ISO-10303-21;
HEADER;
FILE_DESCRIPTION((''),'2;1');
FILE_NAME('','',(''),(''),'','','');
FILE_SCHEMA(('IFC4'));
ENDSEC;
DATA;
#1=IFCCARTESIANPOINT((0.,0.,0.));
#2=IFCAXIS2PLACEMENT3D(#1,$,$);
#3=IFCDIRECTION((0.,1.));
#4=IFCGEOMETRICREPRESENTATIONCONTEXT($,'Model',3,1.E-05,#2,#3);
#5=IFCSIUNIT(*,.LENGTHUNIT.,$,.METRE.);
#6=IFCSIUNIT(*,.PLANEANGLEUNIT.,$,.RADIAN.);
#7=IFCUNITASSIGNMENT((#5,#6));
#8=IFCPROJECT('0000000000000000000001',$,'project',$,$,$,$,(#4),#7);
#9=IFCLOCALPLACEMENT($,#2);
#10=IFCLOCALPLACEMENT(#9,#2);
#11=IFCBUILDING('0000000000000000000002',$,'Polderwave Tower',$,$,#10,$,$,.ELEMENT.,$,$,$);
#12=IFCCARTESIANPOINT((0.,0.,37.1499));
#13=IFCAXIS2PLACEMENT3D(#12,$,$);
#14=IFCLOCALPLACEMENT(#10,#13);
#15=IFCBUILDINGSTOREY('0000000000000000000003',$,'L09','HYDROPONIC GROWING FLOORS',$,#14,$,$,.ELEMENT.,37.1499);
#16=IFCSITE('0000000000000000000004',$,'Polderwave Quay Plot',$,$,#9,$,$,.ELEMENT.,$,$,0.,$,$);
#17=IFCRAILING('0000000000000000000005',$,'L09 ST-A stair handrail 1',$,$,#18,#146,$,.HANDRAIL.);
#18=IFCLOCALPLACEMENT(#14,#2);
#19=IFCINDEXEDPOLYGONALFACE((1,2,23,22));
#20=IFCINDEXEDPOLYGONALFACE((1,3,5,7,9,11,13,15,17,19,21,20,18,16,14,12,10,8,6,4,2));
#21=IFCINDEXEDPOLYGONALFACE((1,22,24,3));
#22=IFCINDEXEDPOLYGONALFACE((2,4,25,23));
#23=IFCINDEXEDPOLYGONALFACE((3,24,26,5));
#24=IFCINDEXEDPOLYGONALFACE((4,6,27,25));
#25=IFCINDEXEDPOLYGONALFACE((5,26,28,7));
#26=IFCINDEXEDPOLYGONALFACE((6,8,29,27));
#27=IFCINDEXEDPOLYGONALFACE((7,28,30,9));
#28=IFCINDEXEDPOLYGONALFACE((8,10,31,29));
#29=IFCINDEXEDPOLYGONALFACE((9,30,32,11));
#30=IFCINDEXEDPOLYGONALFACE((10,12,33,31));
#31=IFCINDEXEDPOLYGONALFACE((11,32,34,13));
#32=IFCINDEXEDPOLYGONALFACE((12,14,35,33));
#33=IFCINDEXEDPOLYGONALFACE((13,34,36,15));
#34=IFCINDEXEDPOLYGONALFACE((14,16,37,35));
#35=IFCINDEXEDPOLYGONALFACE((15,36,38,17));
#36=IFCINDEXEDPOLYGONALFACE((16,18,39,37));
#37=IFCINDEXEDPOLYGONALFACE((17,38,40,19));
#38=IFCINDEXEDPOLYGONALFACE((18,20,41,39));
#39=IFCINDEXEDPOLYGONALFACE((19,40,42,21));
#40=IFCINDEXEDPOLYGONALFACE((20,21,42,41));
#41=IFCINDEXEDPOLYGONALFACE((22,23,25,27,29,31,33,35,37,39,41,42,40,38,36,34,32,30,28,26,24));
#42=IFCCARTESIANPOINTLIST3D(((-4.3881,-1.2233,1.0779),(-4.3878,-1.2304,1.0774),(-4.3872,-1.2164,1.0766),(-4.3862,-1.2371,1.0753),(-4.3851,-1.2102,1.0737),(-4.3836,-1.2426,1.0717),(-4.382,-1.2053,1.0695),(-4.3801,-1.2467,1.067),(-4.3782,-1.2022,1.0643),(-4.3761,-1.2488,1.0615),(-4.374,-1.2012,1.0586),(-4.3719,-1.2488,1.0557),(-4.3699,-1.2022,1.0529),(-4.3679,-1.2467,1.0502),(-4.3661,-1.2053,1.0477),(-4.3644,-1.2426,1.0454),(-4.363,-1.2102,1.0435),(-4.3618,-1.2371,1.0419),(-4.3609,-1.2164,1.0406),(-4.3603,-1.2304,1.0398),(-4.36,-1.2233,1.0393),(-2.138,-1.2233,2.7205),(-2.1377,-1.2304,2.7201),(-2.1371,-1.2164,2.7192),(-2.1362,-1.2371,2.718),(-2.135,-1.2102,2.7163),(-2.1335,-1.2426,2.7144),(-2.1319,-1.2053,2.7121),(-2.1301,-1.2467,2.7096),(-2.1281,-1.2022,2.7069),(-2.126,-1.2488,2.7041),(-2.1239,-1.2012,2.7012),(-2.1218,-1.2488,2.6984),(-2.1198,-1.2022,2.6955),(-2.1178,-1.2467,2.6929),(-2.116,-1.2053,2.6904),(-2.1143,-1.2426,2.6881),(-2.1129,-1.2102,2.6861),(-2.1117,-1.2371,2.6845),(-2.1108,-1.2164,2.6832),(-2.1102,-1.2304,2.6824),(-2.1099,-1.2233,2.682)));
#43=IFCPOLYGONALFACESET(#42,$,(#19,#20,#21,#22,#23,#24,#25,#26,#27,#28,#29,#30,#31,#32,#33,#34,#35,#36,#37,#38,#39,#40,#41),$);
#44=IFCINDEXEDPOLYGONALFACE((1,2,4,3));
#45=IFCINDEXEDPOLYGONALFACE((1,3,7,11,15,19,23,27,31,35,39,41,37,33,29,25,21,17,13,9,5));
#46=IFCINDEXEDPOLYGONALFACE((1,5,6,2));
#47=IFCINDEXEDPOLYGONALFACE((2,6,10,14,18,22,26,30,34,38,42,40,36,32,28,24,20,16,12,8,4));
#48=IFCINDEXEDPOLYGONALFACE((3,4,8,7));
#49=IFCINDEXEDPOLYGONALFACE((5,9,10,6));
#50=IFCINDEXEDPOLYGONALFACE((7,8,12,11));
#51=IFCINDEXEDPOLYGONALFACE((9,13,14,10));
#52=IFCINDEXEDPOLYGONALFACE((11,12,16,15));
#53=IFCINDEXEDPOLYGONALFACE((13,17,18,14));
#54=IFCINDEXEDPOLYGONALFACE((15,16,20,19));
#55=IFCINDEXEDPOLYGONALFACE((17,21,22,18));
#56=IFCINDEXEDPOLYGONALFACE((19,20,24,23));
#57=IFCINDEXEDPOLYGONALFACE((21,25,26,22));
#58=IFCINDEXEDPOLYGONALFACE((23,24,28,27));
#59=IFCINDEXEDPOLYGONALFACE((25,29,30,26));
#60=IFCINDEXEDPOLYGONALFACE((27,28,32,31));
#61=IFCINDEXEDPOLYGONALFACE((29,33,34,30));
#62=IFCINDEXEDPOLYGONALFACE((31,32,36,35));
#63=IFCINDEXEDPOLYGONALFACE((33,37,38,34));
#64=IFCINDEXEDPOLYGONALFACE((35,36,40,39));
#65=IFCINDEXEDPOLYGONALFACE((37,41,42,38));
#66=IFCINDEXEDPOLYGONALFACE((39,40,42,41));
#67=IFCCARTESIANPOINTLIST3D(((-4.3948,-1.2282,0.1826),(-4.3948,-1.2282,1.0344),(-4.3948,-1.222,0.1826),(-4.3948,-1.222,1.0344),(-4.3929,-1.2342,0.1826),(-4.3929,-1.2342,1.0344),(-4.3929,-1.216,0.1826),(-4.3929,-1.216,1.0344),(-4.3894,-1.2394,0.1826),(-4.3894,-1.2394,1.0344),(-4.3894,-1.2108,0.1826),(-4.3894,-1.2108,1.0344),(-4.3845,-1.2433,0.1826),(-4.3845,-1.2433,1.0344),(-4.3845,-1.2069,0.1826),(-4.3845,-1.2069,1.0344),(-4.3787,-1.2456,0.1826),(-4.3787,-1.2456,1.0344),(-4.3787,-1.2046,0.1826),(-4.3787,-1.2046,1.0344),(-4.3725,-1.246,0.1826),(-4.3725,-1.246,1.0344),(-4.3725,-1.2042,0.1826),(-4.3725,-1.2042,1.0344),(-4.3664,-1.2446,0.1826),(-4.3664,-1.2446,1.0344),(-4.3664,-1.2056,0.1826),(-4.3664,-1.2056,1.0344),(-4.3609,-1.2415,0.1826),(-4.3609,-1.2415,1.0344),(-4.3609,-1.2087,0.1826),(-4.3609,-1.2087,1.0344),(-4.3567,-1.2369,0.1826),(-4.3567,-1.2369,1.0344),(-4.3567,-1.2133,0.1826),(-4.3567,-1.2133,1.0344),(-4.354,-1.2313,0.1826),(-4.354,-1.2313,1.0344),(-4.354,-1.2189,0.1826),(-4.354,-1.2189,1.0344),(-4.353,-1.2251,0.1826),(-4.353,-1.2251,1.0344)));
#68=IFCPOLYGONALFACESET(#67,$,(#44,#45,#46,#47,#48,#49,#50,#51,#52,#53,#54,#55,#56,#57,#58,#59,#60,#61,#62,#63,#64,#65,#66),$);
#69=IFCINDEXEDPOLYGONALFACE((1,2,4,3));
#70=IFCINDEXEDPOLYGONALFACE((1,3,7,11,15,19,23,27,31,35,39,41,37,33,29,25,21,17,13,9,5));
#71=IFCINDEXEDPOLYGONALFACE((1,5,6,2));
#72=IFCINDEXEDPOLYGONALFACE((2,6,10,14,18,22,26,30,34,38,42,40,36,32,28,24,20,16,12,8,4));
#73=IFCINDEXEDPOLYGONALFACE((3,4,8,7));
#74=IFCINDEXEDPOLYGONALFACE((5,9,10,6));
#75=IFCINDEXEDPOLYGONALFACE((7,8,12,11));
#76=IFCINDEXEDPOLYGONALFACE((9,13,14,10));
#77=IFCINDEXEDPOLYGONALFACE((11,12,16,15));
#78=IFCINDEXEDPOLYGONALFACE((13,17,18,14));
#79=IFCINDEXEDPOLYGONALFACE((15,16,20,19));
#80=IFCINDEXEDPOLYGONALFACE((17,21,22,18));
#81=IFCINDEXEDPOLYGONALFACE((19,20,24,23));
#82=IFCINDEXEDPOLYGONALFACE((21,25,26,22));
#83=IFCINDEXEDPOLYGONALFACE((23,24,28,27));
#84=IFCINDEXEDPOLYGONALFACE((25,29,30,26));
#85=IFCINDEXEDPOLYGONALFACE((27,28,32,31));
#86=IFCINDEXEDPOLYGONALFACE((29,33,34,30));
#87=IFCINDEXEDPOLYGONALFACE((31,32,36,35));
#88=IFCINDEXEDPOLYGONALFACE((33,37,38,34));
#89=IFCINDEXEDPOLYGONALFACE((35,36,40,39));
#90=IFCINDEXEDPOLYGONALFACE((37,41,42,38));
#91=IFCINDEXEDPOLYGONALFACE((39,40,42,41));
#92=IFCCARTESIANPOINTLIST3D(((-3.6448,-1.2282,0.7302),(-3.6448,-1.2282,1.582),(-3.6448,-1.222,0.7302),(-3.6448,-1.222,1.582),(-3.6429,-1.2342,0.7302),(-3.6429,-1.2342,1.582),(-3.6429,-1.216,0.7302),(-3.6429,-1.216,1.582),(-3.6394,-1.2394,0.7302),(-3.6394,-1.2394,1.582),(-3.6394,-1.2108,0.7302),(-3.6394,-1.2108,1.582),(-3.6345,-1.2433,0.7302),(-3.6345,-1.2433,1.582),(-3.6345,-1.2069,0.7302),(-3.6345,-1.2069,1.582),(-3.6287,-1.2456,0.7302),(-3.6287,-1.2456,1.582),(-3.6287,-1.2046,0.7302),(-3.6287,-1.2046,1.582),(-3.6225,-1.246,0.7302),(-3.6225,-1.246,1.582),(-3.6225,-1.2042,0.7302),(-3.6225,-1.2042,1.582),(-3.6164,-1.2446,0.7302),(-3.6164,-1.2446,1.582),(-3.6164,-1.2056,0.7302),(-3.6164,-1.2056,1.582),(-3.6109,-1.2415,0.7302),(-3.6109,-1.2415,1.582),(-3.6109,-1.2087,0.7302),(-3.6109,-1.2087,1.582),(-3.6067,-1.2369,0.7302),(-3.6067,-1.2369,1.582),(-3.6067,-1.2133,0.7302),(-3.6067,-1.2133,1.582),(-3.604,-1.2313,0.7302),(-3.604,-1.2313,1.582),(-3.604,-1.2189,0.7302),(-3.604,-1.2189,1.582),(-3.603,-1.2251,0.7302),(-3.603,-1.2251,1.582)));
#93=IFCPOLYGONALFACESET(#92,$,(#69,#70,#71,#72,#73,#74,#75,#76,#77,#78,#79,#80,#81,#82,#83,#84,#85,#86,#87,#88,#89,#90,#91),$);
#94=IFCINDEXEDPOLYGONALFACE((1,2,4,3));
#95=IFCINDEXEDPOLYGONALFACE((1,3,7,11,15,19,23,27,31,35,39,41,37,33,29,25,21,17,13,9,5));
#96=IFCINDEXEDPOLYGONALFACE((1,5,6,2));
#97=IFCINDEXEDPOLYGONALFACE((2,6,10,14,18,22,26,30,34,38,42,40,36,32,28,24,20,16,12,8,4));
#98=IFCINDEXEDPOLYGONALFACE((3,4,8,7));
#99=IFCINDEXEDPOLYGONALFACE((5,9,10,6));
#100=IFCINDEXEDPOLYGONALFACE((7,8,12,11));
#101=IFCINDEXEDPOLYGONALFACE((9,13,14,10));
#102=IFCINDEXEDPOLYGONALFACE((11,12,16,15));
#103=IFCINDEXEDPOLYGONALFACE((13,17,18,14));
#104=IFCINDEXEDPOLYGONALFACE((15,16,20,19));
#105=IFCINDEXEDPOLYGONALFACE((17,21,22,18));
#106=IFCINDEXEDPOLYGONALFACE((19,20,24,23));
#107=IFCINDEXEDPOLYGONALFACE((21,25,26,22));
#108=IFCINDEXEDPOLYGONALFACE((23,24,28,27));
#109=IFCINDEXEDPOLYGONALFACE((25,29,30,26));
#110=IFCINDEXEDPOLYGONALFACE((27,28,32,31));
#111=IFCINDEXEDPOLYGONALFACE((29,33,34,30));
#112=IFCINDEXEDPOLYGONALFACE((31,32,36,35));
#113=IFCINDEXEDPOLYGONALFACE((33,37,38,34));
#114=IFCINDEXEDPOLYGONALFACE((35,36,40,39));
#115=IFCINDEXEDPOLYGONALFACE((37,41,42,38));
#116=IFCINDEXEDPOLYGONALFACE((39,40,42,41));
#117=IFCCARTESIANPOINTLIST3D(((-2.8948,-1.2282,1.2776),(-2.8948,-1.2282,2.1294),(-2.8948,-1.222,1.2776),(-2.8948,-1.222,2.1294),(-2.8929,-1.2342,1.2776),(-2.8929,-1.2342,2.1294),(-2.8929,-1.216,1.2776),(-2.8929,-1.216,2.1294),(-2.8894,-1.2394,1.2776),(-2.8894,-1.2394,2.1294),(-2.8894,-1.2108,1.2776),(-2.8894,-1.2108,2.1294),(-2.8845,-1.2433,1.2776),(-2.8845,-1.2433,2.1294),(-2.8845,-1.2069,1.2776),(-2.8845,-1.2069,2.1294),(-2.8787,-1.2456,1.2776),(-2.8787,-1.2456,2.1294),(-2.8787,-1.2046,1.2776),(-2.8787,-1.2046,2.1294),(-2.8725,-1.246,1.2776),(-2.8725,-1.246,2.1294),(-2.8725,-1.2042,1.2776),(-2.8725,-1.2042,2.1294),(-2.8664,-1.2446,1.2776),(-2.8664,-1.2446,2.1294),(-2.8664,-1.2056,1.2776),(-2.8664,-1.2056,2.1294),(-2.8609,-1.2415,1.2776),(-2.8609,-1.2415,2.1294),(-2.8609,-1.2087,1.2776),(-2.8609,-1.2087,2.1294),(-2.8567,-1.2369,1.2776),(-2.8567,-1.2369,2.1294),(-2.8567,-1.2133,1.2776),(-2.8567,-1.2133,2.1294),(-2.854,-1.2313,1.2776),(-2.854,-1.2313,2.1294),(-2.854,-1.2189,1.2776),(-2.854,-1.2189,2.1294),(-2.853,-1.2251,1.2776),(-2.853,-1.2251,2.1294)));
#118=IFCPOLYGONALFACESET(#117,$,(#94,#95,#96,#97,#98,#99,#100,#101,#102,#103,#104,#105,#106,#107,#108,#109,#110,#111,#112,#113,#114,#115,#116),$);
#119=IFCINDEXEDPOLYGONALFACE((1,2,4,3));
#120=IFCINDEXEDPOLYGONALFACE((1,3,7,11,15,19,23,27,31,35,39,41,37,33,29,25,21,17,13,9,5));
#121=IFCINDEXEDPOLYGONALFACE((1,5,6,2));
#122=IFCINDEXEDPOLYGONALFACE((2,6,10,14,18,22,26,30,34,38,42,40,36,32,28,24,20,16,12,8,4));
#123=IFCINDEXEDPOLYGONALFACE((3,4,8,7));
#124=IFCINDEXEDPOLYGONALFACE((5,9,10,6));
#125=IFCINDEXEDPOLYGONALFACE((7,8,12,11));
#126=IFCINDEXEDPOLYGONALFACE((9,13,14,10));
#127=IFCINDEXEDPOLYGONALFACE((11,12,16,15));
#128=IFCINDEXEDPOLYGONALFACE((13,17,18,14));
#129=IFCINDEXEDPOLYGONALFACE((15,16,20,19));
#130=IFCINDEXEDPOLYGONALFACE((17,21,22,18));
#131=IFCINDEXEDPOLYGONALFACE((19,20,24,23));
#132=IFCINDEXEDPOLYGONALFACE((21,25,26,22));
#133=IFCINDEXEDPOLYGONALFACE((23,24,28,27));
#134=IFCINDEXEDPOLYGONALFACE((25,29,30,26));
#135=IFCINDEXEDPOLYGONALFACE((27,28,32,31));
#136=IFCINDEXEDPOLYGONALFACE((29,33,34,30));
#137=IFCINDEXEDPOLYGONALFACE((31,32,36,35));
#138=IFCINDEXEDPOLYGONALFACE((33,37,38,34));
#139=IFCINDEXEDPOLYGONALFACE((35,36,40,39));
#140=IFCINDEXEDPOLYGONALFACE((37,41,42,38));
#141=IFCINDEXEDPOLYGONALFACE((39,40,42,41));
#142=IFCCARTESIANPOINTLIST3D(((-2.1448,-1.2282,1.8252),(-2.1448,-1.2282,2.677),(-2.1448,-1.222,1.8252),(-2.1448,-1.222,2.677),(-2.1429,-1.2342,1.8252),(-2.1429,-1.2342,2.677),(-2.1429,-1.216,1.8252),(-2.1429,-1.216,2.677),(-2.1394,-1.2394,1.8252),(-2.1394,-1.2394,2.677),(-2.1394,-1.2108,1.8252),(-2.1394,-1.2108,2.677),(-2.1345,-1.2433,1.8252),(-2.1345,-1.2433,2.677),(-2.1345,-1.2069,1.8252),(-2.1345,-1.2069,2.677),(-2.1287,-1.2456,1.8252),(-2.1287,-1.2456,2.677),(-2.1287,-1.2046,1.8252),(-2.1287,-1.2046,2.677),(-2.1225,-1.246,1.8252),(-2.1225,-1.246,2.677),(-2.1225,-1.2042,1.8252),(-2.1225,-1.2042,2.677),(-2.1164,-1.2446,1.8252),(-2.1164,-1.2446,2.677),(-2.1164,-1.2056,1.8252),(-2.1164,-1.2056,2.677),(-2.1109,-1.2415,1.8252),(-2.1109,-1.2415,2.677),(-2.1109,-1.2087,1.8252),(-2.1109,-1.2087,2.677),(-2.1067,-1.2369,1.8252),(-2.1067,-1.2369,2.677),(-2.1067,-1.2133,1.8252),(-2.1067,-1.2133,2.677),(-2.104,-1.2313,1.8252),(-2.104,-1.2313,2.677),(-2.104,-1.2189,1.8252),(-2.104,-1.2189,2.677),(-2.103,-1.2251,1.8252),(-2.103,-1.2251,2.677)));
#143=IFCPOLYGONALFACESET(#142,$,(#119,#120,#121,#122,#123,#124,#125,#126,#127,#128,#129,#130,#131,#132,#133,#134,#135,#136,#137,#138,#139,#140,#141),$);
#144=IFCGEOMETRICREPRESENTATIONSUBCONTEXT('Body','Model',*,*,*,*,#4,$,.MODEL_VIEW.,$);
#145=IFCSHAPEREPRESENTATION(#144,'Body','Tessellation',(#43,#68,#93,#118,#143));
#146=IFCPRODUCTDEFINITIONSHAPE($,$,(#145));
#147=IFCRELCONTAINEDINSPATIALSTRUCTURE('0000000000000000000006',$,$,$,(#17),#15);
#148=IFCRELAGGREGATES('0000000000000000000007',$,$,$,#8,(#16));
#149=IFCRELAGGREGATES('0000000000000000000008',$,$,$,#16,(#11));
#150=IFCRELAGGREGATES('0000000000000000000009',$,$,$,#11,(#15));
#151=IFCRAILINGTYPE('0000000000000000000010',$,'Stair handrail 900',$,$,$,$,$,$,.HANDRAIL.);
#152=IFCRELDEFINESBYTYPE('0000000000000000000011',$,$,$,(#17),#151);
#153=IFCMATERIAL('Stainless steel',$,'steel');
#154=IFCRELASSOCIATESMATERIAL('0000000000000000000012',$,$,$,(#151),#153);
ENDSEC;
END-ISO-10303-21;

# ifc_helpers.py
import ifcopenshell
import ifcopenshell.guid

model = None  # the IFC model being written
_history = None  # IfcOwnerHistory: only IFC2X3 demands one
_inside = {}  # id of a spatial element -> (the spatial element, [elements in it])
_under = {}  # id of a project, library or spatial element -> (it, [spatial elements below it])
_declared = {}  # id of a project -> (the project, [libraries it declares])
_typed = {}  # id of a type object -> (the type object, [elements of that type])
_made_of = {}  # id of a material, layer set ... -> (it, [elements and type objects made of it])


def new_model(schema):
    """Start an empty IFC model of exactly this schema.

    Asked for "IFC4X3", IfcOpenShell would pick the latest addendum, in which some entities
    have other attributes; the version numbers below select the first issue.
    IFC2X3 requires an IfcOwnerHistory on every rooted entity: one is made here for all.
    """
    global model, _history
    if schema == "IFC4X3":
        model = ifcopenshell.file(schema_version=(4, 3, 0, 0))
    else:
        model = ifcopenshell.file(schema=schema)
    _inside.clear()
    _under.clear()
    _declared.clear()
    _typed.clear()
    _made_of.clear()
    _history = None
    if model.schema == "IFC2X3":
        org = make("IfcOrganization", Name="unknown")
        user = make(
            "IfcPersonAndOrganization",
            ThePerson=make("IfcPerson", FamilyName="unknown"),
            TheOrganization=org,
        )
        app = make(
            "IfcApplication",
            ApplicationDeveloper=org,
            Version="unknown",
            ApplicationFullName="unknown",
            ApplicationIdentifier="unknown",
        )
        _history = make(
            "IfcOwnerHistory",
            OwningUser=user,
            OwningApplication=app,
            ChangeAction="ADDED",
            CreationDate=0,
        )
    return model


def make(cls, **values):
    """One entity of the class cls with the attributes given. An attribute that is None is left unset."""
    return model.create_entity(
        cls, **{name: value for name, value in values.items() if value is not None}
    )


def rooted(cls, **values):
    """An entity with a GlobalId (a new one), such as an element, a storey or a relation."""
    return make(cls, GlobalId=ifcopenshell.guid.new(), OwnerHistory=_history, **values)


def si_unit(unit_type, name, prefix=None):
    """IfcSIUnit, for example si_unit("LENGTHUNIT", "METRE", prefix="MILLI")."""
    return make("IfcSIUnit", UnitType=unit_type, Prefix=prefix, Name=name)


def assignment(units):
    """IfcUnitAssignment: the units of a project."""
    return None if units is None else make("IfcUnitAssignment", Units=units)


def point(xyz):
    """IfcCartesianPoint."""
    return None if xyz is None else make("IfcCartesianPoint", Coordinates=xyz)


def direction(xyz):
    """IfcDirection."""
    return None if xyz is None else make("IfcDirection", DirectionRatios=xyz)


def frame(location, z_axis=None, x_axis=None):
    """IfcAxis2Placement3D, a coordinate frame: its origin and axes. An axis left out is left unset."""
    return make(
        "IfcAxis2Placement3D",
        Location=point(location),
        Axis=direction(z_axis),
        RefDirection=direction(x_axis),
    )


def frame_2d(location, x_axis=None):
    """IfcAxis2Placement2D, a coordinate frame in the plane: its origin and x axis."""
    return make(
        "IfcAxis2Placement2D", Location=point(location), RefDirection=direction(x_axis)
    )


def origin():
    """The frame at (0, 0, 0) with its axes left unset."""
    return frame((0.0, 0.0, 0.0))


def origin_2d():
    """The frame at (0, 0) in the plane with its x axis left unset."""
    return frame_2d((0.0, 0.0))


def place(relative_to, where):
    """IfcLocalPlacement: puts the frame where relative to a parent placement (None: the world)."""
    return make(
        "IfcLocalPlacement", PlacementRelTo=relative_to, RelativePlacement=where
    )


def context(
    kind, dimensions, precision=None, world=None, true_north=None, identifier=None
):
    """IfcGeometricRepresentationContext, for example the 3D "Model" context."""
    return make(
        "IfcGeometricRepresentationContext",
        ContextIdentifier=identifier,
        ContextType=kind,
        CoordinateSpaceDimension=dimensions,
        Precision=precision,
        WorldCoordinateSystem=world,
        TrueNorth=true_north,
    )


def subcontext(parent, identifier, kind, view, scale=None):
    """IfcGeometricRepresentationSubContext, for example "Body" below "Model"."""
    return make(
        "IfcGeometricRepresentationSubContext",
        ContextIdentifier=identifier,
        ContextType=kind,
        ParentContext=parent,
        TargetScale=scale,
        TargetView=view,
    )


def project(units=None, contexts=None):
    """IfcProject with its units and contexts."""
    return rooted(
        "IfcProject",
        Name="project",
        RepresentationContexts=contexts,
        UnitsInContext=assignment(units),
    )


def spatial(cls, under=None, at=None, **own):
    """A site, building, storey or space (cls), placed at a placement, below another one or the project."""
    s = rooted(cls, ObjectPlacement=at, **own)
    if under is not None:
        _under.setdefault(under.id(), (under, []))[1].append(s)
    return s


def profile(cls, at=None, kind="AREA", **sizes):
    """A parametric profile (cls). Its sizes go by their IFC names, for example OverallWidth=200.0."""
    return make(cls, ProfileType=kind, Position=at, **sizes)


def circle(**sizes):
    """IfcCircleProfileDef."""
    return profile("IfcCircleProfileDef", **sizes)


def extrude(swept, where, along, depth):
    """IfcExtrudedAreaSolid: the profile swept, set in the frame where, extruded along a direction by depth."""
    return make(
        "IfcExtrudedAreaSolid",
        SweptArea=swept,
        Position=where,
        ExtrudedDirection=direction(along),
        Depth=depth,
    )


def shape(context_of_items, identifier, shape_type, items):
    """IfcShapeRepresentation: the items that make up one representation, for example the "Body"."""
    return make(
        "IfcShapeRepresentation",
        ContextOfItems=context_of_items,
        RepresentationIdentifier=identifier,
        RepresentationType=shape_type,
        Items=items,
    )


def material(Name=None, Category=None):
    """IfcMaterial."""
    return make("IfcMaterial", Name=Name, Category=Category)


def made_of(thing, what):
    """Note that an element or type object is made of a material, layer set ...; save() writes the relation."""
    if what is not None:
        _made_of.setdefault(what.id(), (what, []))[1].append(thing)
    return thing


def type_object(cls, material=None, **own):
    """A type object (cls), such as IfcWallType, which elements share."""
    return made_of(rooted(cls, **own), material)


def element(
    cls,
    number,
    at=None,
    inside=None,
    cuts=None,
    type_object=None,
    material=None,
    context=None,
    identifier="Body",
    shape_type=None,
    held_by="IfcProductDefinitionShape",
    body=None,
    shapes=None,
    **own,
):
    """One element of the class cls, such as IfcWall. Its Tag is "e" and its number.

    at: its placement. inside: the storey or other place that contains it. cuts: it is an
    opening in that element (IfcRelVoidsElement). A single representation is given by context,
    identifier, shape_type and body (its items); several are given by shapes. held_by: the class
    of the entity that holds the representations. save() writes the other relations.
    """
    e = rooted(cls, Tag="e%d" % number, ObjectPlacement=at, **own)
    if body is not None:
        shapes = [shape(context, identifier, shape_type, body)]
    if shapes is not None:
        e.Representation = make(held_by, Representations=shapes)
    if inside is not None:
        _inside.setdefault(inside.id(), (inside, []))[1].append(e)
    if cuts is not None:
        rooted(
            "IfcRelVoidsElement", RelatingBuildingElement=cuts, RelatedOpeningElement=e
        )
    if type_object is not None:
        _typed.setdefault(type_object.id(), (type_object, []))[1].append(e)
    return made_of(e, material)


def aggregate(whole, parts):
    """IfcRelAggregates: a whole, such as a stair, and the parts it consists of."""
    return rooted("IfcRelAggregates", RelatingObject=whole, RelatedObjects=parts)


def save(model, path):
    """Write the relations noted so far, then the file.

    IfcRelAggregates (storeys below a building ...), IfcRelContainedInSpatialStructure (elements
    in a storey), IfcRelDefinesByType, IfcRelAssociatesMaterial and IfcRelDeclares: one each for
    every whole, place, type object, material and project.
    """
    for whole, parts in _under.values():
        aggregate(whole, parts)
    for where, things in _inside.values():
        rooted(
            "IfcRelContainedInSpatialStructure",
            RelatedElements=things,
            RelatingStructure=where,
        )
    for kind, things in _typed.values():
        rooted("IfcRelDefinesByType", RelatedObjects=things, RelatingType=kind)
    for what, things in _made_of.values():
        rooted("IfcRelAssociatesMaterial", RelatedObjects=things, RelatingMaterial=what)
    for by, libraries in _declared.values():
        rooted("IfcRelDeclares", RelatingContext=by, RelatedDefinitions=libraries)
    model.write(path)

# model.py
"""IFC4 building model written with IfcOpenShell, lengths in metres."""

from ifc_helpers import new_model, si_unit, direction, frame, origin, origin_2d, place, context, subcontext, project, spatial, circle, extrude, material, type_object, element, save


model = new_model("IFC4")

# Units and contexts
model_context = context("Model", 3, precision=1e-05, world=origin(), true_north=direction((0.0, 1.0)))
body_context = subcontext(model_context, "Body", "Model", "MODEL_VIEW")
ifc_project = project(units=[si_unit("LENGTHUNIT", "METRE"), si_unit("PLANEANGLEUNIT", "RADIAN")], contexts=[model_context])

# Site, building, storey
site_placement = place(None, origin())
site = spatial("IfcSite", under=ifc_project, at=site_placement, Name="Polderwave Quay Plot", CompositionType="ELEMENT", RefElevation=0.0)
building_placement = place(site_placement, origin())
building = spatial("IfcBuilding", under=site, at=building_placement, Name="Polderwave Tower", CompositionType="ELEMENT")
storey_placement = place(building_placement, frame((0.0, 0.0, 37.1499)))
storey = spatial("IfcBuildingStorey", under=building, at=storey_placement, Name="L09", Description="HYDROPONIC GROWING FLOORS", CompositionType="ELEMENT", Elevation=37.1499)

# Shared definitions
ifc_material_1 = material(Name="Stainless steel", Category="steel")

# Railing
railing_type_1 = type_object("IfcRailingType", Name="Stair handrail 900", PredefinedType="HANDRAIL", material=ifc_material_1)
railing_1_placement = place(storey_placement, frame((-4.374, -1.2251, 0.1826)))
element("IfcRailing", 1, at=railing_1_placement, inside=storey, type_object=railing_type_1, Name="L09 ST-A stair handrail 1", PredefinedType="HANDRAIL", context=body_context, shape_type="SweptSolid", body=[
    extrude(circle(Radius=0.0239, at=origin_2d()), frame((0.0, 0.0, 0.876), z_axis=(0.807674, 0.0, 0.58963), x_axis=(0.0, 1.0, 0.0)), (0.0, 0.0, 1.0), 2.7859),
    extrude(circle(Radius=0.021, at=origin_2d()), origin(), (0.0, 0.0, 1.0), 0.8518),
    extrude(circle(Radius=0.021, at=origin_2d()), frame((0.75, 0.0, 0.5476)), (0.0, 0.0, 1.0), 0.8518),
    extrude(circle(Radius=0.021, at=origin_2d()), frame((1.5, 0.0, 1.095)), (0.0, 0.0, 1.0), 0.8518),
    extrude(circle(Radius=0.021, at=origin_2d()), frame((2.25, 0.0, 1.6426)), (0.0, 0.0, 1.0), 0.8518),
])

save(model, "model.ifc")
